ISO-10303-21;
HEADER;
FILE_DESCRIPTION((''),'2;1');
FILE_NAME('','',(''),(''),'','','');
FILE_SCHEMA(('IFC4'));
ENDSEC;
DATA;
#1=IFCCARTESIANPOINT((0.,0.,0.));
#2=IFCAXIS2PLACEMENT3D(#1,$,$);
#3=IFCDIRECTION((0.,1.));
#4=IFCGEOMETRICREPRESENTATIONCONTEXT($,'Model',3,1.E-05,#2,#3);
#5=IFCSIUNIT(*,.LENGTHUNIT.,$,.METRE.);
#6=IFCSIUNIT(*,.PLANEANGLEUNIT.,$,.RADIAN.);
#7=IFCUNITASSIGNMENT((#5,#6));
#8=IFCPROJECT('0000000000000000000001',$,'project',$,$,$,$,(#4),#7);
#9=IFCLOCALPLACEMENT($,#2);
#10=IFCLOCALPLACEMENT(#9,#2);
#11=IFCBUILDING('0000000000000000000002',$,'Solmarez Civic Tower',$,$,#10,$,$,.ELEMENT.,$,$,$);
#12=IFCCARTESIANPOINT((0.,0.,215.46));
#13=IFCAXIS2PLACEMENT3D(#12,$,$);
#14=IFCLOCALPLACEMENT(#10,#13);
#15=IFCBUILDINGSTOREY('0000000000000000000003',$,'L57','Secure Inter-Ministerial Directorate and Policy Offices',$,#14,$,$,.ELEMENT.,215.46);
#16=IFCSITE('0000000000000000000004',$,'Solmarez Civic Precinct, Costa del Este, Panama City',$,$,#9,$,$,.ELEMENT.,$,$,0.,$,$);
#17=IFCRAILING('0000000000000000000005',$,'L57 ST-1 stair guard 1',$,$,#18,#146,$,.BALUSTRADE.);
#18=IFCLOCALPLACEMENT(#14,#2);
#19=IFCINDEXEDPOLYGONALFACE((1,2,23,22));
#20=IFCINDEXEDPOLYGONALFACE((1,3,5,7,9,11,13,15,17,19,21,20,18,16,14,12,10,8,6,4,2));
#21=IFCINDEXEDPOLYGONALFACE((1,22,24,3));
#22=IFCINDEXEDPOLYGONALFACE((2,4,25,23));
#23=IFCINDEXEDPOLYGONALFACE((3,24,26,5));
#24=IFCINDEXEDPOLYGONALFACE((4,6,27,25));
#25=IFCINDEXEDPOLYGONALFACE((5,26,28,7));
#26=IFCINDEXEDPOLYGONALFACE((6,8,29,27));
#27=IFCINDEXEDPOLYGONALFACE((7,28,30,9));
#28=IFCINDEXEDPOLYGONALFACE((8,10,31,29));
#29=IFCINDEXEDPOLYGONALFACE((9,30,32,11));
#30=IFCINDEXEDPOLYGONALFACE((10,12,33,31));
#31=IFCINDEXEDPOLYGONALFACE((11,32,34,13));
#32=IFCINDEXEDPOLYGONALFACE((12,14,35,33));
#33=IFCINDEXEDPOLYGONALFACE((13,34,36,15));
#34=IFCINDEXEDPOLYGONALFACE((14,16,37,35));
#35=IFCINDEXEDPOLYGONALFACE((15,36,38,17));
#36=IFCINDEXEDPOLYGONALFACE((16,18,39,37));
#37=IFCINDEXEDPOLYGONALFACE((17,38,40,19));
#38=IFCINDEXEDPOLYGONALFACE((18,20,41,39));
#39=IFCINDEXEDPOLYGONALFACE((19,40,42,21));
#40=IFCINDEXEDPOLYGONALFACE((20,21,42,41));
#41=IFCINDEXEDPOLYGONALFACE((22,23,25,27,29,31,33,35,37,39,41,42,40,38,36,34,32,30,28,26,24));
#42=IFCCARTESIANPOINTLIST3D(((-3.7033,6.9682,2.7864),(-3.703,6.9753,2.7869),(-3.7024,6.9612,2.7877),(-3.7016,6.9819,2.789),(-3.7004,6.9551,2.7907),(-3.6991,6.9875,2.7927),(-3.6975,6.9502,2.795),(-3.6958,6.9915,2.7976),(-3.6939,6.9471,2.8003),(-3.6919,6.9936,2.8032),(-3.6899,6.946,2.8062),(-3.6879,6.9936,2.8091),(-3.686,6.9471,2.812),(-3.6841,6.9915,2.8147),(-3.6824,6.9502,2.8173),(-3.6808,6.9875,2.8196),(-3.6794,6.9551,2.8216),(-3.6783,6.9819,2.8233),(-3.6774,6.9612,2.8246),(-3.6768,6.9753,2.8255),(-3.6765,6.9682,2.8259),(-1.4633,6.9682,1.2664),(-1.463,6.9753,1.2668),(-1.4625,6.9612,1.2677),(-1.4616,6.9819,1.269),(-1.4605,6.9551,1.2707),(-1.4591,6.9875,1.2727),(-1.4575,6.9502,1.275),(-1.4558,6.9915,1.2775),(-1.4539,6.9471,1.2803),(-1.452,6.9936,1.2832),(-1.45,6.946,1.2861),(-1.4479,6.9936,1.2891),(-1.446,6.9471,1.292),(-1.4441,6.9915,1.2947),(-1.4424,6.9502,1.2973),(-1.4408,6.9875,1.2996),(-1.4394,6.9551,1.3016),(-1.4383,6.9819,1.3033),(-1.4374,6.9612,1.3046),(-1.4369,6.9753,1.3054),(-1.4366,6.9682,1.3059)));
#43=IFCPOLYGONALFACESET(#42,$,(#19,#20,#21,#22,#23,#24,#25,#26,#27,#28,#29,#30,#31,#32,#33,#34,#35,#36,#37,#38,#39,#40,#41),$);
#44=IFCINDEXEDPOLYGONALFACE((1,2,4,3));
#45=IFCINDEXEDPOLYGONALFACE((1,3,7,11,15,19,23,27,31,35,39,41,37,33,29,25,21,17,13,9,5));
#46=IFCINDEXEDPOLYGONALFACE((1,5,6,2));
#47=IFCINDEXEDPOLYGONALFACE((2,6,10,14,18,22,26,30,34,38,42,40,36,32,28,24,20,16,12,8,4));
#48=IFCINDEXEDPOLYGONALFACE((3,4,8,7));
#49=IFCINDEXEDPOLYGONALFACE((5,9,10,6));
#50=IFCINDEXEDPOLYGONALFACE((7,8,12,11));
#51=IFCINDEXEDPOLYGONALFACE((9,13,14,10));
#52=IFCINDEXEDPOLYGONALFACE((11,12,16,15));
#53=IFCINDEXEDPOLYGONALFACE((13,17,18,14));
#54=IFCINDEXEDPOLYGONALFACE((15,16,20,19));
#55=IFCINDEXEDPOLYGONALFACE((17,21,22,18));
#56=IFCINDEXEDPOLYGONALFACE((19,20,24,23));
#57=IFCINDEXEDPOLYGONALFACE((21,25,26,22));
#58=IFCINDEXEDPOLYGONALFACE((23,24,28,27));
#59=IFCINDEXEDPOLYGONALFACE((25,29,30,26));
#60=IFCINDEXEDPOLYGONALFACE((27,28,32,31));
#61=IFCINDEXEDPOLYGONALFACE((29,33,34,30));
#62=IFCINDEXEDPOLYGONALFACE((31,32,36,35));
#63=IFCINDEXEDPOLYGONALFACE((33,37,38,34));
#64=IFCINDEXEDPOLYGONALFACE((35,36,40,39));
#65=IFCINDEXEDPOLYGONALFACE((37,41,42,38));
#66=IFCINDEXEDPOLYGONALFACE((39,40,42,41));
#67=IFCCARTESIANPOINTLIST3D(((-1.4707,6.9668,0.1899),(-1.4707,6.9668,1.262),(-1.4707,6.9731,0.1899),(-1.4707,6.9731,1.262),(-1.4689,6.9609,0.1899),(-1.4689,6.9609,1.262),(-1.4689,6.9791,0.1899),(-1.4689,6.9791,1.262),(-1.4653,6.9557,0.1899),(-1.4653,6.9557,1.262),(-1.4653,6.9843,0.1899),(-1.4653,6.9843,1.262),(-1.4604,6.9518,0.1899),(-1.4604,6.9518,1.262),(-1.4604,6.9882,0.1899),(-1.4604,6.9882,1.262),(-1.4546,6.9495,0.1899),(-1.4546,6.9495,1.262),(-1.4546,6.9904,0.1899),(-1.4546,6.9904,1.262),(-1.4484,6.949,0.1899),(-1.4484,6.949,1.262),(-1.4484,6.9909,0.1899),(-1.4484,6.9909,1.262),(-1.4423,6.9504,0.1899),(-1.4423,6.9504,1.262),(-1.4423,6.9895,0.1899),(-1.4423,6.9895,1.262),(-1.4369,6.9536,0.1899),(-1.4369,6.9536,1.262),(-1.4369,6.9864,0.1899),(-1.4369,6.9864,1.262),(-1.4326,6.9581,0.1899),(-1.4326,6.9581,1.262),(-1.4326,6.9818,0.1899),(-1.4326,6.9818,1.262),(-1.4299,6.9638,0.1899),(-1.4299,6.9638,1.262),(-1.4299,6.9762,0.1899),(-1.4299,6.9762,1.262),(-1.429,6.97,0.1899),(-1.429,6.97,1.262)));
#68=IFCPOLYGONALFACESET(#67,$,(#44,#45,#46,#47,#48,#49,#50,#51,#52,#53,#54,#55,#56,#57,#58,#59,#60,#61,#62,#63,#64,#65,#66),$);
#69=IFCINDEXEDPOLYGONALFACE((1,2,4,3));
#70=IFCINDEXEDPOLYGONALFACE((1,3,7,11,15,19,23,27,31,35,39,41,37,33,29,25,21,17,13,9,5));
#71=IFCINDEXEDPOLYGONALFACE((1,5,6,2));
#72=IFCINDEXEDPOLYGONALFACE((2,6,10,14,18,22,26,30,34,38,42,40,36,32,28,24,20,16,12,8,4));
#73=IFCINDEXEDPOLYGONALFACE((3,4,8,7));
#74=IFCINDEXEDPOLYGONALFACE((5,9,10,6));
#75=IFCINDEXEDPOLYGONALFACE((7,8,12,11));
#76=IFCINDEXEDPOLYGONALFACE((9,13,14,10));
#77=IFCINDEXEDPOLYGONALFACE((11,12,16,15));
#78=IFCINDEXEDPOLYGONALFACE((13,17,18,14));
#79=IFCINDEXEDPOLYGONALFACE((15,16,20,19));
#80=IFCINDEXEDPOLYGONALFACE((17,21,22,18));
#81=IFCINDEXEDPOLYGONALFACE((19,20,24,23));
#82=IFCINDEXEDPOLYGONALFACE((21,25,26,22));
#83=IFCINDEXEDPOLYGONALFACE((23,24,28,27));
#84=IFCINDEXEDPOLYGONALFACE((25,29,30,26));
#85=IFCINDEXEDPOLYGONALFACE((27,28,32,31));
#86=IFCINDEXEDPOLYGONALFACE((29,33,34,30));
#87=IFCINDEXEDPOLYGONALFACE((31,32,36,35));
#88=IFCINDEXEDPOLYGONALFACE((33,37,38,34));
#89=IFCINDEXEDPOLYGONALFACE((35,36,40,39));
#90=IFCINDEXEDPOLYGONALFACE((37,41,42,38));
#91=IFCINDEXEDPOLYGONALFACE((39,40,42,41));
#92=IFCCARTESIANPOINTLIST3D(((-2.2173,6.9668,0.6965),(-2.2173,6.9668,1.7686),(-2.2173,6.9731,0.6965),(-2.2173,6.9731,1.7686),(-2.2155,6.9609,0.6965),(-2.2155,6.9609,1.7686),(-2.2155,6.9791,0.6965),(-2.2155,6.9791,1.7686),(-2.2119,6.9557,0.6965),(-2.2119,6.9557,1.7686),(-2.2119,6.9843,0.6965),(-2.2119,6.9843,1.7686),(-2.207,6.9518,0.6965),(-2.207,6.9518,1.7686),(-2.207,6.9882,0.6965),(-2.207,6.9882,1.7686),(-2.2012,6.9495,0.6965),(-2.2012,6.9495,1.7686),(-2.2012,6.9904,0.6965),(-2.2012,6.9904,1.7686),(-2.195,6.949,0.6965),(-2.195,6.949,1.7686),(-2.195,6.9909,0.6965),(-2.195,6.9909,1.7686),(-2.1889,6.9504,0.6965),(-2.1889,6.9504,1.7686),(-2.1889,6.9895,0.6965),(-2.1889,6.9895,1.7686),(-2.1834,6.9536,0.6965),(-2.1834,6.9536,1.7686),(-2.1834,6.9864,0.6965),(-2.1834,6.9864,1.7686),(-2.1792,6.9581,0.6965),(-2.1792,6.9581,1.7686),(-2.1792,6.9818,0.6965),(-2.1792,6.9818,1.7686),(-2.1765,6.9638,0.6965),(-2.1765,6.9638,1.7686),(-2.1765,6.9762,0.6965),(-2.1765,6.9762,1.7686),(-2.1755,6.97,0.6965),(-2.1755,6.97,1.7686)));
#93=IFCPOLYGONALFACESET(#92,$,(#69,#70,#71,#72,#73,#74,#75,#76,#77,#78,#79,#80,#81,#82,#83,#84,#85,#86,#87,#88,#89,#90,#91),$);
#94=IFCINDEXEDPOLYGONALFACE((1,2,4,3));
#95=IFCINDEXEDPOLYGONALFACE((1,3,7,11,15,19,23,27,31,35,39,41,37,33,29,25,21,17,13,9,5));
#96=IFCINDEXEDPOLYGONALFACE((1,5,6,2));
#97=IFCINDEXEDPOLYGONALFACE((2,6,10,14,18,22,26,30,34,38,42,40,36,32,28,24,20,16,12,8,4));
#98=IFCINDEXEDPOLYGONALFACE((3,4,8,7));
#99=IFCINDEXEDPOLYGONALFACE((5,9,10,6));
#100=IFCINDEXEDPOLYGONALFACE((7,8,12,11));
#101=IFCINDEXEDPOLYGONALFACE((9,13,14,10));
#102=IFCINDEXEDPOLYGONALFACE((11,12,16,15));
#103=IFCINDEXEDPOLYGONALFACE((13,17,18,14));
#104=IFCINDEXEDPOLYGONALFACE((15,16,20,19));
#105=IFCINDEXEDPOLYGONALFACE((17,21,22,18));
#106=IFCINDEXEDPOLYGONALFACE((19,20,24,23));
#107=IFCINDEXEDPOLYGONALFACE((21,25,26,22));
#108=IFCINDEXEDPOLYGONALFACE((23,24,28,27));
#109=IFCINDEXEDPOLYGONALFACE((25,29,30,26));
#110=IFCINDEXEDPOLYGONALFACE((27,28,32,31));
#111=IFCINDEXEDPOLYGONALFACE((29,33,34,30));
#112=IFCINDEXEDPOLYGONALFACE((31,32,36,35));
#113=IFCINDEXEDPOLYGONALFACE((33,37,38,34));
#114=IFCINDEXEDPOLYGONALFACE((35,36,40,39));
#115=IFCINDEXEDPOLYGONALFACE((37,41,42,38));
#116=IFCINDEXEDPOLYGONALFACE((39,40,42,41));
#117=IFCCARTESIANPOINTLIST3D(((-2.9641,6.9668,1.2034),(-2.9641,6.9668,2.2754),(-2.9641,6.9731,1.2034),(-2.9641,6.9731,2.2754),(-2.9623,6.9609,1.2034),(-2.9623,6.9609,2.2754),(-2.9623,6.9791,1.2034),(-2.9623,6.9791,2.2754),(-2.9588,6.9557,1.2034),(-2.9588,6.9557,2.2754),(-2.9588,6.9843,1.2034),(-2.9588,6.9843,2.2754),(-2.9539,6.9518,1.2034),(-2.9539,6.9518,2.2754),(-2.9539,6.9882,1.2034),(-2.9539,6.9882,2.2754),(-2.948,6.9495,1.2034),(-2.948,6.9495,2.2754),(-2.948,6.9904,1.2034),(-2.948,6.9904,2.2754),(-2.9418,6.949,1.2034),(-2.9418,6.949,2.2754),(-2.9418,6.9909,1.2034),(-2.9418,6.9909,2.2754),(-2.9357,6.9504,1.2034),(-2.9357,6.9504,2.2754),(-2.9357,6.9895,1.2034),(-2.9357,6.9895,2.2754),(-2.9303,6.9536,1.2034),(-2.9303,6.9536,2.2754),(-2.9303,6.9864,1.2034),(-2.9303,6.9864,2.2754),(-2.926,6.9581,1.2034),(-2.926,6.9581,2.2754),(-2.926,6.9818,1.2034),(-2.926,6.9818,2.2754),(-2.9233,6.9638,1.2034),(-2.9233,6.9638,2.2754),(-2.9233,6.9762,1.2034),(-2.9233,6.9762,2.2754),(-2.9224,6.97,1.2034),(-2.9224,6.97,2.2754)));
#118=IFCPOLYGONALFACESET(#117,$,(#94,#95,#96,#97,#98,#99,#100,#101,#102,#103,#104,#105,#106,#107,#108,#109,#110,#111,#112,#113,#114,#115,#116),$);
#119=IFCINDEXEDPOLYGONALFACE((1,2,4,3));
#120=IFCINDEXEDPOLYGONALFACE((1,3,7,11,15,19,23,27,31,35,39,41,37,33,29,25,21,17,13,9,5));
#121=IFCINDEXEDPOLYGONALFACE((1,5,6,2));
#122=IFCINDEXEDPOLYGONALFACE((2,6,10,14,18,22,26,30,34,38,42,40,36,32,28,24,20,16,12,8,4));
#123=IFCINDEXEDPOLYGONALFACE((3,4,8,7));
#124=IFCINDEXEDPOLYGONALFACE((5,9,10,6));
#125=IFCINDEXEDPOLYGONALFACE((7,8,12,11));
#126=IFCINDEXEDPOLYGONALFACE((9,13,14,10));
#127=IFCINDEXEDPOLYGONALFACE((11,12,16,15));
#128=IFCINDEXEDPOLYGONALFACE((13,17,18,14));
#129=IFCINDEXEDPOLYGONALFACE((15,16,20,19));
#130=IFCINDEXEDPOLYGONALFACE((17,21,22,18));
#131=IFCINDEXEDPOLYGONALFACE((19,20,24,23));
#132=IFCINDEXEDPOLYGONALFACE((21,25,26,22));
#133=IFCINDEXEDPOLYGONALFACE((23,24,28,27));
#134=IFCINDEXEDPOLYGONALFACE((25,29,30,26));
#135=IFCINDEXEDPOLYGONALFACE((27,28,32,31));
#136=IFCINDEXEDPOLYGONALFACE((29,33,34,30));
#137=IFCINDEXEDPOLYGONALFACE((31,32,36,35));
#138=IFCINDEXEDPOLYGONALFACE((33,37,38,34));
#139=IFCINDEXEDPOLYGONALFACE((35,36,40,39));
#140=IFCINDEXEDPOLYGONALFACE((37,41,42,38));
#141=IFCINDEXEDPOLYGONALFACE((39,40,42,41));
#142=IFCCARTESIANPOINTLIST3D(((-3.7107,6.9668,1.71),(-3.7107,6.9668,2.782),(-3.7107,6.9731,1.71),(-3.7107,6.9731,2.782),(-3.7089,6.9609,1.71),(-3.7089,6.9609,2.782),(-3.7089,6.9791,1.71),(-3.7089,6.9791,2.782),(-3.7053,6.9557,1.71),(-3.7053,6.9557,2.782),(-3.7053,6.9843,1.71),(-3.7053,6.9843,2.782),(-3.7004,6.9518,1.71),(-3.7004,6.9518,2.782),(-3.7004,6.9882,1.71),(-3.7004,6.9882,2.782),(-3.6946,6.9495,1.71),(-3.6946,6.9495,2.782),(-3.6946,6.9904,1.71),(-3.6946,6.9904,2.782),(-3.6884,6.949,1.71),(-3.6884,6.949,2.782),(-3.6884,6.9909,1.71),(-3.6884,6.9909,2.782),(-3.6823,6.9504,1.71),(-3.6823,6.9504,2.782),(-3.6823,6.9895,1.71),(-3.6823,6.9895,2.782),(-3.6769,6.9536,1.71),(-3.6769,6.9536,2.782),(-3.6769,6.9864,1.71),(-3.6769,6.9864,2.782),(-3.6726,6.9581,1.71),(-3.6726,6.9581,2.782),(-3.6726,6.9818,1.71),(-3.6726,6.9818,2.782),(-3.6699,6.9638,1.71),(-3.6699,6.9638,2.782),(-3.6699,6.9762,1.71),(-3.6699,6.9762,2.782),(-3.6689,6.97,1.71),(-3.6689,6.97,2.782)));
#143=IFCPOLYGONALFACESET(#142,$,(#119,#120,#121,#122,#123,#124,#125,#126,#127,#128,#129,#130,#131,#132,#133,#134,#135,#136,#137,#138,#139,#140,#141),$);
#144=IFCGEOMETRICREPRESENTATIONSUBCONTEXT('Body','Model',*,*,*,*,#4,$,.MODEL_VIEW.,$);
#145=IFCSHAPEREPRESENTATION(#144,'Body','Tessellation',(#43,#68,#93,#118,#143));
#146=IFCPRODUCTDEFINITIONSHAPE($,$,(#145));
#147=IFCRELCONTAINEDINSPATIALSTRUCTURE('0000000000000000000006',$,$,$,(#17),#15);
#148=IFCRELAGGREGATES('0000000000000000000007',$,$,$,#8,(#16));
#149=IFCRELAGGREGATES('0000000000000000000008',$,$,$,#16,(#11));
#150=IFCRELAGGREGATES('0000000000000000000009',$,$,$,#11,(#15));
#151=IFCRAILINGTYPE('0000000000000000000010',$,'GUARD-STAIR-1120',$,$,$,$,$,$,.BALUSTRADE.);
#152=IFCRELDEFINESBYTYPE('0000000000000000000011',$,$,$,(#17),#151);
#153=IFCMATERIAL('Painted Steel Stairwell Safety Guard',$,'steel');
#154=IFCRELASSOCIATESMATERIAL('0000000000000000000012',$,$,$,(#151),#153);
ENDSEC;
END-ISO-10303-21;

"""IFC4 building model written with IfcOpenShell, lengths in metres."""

from ifc_helpers import new_model, si_unit, direction, frame, origin, origin_2d, place, context, subcontext, project, spatial, circle, extrude, material, type_object, element, save


model = new_model("IFC4")

# Units and contexts
model_context = context("Model", 3, precision=1e-05, world=origin(), true_north=direction((0.0, 1.0)))
body_context = subcontext(model_context, "Body", "Model", "MODEL_VIEW")
ifc_project = project(units=[si_unit("LENGTHUNIT", "METRE"), si_unit("PLANEANGLEUNIT", "RADIAN")], contexts=[model_context])

# Site, building, storey
site_placement = place(None, origin())
site = spatial("IfcSite", under=ifc_project, at=site_placement, Name="Solmarez Civic Precinct, Costa del Este, Panama City", CompositionType="ELEMENT", RefElevation=0.0)
building_placement = place(site_placement, origin())
building = spatial("IfcBuilding", under=site, at=building_placement, Name="Solmarez Civic Tower", CompositionType="ELEMENT")
storey_placement = place(building_placement, frame((0.0, 0.0, 215.46)))
storey = spatial("IfcBuildingStorey", under=building, at=storey_placement, Name="L57", Description="Secure Inter-Ministerial Directorate and Policy Offices", CompositionType="ELEMENT", Elevation=215.46)

# Railing
ifc_material_1 = material(Name="Painted Steel Stairwell Safety Guard", Category="steel")
railing_type_1 = type_object("IfcRailingType", Name="GUARD-STAIR-1120", PredefinedType="BALUSTRADE", material=ifc_material_1)
railing_1_placement = place(storey_placement, frame((-1.45, 6.97, 0.1899)))
element("IfcRailing", 1, at=railing_1_placement, inside=storey, type_object=railing_type_1, Name="L57 ST-1 stair guard 1", PredefinedType="BALUSTRADE", context=body_context, shape_type="SweptSolid", body=[
    extrude(circle(Radius=0.0239, at=origin_2d()), frame((0.0, 0.0, 1.0962), z_axis=(-0.827471, 0.0, 0.561508), x_axis=(0.0, -1.0, 0.0)), (0.0, 0.0, 1.0), 2.707),
    extrude(circle(Radius=0.021, at=origin_2d()), origin(), (0.0, 0.0, 1.0), 1.072),
    extrude(circle(Radius=0.021, at=origin_2d()), frame((-0.7466, 0.0, 0.5066)), (0.0, 0.0, 1.0), 1.072),
    extrude(circle(Radius=0.021, at=origin_2d()), frame((-1.4934, 0.0, 1.0134)), (0.0, 0.0, 1.0), 1.072),
    extrude(circle(Radius=0.021, at=origin_2d()), frame((-2.24, 0.0, 1.52)), (0.0, 0.0, 1.0), 1.072),
])

save(model, "model.ifc")
